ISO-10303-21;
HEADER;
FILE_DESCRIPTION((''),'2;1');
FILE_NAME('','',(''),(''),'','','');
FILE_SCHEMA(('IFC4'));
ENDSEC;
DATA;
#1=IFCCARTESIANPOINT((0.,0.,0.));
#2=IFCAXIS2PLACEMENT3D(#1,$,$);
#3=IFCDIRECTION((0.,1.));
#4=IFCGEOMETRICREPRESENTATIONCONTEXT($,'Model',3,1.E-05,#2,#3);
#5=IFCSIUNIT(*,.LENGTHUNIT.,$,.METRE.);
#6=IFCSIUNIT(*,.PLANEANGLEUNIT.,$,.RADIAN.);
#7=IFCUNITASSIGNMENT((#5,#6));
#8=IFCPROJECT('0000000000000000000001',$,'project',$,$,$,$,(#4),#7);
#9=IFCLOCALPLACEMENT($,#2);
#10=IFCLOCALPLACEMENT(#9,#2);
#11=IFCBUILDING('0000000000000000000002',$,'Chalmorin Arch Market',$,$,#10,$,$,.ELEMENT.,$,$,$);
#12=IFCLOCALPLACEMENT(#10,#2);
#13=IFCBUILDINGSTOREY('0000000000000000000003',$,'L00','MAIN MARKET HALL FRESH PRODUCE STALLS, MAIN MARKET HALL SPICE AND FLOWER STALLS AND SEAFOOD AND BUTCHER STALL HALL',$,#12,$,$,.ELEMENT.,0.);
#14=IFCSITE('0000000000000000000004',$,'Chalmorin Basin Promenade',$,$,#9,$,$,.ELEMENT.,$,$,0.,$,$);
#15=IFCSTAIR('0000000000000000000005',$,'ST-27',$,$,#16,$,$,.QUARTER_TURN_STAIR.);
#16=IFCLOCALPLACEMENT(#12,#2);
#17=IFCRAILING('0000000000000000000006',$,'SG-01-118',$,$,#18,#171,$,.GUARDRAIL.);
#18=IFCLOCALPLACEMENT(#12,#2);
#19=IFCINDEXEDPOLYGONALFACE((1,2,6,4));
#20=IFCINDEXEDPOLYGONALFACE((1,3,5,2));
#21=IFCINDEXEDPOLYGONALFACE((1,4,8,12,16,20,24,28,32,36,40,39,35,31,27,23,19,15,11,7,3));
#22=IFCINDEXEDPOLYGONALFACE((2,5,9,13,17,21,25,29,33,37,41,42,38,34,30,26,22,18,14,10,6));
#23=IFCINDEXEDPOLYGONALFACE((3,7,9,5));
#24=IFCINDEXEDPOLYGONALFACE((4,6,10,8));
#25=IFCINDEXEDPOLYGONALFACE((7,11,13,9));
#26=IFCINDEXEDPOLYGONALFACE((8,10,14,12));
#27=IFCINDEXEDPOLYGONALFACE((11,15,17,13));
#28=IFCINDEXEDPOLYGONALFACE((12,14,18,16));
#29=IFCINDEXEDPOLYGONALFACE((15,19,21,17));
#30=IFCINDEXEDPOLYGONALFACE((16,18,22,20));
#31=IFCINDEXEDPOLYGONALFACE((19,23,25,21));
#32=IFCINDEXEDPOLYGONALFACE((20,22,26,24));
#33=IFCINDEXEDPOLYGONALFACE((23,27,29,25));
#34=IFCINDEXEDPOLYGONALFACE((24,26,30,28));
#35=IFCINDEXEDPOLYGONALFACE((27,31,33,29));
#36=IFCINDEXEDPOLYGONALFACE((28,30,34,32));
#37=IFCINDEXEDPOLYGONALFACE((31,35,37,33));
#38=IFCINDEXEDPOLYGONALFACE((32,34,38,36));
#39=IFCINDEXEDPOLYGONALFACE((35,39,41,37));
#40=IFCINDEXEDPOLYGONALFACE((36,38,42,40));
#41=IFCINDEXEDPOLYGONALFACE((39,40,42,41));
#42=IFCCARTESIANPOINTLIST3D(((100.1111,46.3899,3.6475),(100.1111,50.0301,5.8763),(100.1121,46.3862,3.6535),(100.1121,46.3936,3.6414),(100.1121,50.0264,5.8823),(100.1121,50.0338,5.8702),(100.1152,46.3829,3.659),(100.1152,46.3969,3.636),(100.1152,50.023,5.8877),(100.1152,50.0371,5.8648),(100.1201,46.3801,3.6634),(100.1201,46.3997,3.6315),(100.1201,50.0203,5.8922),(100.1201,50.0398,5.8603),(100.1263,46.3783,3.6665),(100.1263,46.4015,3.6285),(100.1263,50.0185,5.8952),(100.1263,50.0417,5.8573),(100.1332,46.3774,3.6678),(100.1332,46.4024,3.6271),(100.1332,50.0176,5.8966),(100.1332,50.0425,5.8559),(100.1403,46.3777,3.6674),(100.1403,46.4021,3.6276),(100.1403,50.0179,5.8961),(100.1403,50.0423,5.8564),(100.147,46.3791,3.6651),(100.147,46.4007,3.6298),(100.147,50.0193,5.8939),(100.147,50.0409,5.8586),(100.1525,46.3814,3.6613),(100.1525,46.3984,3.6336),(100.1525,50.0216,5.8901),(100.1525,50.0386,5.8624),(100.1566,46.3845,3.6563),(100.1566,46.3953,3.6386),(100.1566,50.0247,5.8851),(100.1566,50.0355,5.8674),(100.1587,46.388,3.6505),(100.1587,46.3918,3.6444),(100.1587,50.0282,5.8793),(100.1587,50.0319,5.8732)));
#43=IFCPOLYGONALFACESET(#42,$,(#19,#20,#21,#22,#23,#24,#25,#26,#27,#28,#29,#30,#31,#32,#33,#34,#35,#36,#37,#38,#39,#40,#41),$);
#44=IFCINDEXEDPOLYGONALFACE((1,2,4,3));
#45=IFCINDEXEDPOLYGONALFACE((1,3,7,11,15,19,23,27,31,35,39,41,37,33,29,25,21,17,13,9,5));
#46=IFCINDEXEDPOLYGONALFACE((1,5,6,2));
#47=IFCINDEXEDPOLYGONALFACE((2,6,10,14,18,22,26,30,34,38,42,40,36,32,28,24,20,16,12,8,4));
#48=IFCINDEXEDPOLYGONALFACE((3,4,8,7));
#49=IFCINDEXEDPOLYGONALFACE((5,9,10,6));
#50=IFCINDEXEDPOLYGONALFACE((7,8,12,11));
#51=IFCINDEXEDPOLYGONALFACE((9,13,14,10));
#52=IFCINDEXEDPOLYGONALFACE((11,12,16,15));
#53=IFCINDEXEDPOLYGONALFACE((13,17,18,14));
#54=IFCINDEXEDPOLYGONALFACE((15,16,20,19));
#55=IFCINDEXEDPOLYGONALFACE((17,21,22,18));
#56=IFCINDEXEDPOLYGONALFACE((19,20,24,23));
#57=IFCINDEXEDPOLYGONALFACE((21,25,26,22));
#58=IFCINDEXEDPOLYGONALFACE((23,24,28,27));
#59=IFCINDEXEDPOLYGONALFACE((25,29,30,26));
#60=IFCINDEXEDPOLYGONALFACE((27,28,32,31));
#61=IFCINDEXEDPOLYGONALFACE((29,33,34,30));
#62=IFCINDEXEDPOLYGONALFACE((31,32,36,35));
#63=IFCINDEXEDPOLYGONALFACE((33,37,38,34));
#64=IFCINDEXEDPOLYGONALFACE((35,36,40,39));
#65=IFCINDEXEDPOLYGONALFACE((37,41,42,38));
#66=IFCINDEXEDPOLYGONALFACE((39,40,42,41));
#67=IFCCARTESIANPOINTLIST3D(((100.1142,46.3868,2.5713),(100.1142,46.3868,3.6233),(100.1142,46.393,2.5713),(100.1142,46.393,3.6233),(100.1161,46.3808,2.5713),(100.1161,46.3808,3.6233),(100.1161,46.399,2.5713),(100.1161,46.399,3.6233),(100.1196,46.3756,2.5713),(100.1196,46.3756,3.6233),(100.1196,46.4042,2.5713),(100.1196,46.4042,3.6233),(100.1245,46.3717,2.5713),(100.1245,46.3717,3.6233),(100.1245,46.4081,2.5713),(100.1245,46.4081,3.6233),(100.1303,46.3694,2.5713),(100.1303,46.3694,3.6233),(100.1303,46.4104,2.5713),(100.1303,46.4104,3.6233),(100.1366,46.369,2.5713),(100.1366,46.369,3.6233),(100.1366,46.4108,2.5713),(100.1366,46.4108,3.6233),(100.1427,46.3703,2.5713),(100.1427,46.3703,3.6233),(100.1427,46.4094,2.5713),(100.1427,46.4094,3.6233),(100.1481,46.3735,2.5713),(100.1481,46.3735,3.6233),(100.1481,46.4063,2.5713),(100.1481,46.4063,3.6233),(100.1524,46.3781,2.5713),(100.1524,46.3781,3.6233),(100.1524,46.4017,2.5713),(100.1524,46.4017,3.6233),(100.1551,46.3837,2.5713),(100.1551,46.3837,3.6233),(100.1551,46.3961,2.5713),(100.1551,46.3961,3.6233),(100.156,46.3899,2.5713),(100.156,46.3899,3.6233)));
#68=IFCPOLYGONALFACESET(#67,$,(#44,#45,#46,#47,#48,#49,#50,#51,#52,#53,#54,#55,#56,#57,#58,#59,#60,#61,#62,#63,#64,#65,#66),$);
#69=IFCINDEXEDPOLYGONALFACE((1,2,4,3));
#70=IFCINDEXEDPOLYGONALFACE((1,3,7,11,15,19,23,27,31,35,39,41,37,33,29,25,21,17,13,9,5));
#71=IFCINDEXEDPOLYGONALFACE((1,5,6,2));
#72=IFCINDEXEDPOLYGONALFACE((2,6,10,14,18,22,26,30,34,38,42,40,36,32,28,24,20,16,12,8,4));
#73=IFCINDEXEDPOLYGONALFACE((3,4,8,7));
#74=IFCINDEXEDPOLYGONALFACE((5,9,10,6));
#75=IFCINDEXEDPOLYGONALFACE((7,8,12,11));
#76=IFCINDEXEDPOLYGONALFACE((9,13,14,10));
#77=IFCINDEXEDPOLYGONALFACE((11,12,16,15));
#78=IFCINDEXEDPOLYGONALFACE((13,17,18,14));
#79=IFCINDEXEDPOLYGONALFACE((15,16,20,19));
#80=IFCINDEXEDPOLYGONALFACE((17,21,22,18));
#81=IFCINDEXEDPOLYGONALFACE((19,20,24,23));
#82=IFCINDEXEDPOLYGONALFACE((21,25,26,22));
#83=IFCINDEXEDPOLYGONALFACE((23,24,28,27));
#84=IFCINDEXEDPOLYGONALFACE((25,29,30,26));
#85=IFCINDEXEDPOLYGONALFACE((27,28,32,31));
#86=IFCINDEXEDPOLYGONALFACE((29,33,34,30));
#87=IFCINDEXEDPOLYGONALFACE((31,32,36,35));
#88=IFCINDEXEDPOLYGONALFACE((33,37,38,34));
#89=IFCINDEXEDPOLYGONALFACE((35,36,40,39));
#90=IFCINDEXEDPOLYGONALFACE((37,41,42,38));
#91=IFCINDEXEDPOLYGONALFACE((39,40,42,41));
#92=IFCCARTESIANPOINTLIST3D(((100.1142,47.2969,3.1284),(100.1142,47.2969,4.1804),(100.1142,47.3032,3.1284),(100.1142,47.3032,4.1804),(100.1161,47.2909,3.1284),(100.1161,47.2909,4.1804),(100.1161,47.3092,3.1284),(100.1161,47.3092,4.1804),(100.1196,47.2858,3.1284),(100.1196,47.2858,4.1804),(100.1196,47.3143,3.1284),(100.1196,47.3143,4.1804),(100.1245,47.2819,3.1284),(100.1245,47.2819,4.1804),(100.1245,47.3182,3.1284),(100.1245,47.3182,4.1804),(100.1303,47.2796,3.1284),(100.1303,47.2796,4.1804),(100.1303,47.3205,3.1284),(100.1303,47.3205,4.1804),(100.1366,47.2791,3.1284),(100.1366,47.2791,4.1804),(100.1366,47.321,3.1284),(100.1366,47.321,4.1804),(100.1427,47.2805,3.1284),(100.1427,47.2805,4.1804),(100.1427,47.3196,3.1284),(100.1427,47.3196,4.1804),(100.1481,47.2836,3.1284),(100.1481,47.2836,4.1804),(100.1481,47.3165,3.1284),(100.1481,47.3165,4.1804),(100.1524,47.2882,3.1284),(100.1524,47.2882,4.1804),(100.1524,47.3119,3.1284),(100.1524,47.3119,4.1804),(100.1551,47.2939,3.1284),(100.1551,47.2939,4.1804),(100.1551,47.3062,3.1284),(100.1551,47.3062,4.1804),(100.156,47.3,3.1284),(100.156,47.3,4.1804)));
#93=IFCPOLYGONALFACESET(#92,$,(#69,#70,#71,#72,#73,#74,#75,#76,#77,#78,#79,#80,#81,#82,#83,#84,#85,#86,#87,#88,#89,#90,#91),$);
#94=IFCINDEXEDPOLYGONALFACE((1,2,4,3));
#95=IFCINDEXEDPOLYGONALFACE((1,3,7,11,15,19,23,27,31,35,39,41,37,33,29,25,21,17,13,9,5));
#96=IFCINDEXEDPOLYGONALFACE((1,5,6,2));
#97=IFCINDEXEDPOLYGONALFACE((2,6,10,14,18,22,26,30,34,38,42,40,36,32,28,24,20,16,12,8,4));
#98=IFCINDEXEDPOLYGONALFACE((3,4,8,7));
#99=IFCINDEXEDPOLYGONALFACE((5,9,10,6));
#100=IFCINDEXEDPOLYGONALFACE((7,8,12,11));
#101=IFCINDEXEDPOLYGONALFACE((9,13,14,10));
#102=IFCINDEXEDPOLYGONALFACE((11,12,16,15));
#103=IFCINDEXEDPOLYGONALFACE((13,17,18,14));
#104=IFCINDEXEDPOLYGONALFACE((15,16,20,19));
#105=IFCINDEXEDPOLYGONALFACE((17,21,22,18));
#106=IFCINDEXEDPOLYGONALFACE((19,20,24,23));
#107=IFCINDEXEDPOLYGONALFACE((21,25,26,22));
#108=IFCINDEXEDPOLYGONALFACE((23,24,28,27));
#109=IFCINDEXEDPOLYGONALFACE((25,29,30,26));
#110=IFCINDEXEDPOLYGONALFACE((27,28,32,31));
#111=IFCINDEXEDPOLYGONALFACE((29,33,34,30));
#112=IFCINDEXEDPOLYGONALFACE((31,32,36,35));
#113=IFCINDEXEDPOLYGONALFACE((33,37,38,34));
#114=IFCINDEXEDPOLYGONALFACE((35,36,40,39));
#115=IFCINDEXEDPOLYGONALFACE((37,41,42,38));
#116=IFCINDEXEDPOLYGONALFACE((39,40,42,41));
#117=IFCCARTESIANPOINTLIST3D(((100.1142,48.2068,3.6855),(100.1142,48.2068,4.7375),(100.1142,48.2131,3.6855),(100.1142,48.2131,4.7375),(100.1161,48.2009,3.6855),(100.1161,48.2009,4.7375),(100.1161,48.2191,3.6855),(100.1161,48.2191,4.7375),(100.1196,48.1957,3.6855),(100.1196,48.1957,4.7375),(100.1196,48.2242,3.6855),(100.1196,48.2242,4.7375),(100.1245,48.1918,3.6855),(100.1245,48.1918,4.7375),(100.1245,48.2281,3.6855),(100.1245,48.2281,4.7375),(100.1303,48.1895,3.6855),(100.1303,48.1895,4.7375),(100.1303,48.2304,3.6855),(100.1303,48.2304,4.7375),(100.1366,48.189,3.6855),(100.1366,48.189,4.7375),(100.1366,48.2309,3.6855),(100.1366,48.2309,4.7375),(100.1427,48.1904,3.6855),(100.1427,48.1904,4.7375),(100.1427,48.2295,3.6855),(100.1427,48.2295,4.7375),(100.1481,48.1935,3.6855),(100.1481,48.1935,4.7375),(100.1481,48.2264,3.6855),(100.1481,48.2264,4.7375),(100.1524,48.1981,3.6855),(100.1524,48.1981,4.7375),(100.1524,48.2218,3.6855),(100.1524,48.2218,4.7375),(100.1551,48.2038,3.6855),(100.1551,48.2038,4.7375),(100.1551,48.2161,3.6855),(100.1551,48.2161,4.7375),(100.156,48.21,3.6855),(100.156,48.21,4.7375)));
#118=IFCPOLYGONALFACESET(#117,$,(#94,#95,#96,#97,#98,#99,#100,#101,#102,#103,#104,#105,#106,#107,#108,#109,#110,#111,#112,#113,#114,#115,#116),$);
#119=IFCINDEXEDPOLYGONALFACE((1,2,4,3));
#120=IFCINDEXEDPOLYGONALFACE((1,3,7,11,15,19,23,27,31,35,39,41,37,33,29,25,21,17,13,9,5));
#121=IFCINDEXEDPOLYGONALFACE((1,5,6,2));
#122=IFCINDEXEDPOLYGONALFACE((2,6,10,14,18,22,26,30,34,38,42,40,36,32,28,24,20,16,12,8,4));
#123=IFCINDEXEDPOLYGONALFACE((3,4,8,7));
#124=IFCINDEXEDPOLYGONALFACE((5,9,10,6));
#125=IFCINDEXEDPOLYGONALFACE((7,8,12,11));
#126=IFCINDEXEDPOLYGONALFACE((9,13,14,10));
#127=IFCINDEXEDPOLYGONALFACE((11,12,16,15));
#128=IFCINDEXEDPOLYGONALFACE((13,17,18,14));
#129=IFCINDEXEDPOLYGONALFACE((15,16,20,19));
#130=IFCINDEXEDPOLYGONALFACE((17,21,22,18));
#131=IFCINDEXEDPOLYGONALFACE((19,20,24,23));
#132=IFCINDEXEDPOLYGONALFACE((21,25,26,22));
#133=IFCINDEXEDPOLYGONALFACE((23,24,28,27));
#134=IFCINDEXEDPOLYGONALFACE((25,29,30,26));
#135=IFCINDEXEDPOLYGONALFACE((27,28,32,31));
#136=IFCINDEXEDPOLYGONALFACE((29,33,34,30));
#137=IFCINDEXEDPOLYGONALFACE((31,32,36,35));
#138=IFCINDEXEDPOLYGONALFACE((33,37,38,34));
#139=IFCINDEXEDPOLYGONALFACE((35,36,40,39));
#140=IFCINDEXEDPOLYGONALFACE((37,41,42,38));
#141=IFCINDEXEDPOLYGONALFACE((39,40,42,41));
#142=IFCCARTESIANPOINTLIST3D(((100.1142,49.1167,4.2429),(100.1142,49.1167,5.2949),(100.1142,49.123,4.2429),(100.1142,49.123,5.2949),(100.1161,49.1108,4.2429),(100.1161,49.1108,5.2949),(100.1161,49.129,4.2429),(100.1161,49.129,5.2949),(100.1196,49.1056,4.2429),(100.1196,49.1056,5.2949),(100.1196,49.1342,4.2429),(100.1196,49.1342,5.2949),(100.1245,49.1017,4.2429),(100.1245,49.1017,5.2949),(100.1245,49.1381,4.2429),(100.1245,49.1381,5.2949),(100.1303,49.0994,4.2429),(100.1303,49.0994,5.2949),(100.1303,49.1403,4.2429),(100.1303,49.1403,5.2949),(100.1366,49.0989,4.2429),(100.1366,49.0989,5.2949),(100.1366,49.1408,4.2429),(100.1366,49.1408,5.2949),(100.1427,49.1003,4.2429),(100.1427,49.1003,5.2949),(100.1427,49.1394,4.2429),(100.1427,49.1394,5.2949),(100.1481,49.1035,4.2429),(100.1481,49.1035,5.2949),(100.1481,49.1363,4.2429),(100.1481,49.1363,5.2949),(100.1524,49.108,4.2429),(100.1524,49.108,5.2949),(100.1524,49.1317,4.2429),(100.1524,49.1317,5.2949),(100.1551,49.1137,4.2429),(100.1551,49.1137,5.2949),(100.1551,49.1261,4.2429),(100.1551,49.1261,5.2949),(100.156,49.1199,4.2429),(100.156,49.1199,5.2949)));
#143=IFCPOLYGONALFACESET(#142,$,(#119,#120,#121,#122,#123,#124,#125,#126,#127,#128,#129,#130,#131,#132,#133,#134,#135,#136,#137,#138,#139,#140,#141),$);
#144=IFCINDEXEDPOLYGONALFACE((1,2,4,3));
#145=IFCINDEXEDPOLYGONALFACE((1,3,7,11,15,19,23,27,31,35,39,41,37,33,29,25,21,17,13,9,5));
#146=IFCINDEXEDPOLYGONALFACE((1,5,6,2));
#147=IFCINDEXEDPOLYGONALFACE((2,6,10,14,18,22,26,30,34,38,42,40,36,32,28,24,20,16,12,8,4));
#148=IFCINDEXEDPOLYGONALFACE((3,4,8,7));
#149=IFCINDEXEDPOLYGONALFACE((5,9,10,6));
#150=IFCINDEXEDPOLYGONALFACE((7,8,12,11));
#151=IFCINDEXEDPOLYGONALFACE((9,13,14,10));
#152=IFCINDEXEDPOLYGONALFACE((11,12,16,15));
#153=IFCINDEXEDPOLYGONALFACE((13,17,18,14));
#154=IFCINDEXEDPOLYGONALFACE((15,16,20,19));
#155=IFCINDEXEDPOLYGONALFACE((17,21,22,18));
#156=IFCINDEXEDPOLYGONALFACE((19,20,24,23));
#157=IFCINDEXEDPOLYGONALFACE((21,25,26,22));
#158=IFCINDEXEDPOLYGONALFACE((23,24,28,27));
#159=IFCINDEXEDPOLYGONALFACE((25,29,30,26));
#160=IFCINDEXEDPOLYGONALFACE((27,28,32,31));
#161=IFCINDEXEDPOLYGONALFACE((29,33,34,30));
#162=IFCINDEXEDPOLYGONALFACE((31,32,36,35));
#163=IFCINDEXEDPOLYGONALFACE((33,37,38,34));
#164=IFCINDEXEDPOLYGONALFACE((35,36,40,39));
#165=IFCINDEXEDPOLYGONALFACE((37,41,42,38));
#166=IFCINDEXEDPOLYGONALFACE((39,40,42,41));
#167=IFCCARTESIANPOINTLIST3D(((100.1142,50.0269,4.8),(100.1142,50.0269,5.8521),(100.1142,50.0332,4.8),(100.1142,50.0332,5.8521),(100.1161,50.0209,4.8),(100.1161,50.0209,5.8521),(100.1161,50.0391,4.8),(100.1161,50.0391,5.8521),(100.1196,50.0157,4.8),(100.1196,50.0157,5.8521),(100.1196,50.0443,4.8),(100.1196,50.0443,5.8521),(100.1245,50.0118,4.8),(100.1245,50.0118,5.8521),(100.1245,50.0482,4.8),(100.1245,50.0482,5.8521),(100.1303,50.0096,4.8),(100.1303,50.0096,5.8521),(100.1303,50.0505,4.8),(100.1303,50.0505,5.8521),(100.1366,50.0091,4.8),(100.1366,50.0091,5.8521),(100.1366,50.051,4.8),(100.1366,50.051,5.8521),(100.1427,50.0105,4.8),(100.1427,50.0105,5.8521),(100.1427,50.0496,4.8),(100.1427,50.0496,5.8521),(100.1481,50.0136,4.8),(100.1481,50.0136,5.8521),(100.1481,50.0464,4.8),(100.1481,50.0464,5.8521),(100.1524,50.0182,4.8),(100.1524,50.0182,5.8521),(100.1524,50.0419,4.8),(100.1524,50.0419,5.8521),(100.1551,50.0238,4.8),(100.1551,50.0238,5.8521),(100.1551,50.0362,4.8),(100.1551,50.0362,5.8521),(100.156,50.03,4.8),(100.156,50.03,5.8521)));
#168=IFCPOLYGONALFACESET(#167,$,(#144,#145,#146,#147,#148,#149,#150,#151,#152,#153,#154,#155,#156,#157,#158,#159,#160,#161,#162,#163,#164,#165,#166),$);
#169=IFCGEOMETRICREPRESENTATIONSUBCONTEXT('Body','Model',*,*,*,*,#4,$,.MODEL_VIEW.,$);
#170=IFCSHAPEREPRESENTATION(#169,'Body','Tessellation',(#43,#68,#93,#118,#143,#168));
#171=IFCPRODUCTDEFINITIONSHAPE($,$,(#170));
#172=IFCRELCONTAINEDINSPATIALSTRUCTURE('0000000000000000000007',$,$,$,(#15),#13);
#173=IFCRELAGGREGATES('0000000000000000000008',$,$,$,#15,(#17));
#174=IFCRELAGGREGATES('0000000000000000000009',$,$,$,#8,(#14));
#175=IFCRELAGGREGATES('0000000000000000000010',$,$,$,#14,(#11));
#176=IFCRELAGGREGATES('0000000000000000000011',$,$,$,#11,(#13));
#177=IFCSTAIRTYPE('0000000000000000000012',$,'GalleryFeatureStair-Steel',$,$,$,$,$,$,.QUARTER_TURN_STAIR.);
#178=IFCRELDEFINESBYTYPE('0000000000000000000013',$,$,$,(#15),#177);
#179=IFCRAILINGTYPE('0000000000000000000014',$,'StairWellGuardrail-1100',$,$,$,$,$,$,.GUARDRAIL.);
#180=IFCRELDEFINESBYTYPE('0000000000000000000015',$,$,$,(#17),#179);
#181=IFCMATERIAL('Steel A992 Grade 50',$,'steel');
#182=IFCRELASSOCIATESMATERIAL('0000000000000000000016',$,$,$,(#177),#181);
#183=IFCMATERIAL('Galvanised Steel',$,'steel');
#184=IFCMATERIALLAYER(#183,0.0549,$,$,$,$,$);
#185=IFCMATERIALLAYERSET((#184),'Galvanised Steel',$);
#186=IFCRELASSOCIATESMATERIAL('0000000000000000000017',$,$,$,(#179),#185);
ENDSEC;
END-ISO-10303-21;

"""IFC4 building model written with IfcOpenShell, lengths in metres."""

from ifc_helpers import new_model, si_unit, direction, frame, origin, origin_2d, place, context, subcontext, project, spatial, circle, extrude, material, layer, layer_set, type_object, element, aggregate, save


model = new_model("IFC4")

# Units and contexts
model_context = context("Model", 3, precision=1e-05, world=origin(), true_north=direction((0.0, 1.0)))
body_context = subcontext(model_context, "Body", "Model", "MODEL_VIEW")
ifc_project = project(units=[si_unit("LENGTHUNIT", "METRE"), si_unit("PLANEANGLEUNIT", "RADIAN")], contexts=[model_context])

# Site, building, storey
site_placement = place(None, origin())
site = spatial("IfcSite", under=ifc_project, at=site_placement, Name="Chalmorin Basin Promenade", CompositionType="ELEMENT", RefElevation=0.0)
building_placement = place(site_placement, origin())
building = spatial("IfcBuilding", under=site, at=building_placement, Name="Chalmorin Arch Market", CompositionType="ELEMENT")
storey_placement = place(building_placement, origin())
storey = spatial("IfcBuildingStorey", under=building, at=storey_placement, Name="L00", Description="MAIN MARKET HALL FRESH PRODUCE STALLS, MAIN MARKET HALL SPICE AND FLOWER STALLS AND SEAFOOD AND BUTCHER STALL HALL", CompositionType="ELEMENT", Elevation=0.0)

# Shared definitions
ifc_material_1 = material(Name="Steel A992 Grade 50", Category="steel")

# Stair, railing
stair_type = type_object("IfcStairType", Name="GalleryFeatureStair-Steel", PredefinedType="QUARTER_TURN_STAIR", material=ifc_material_1)
stair_placement = place(storey_placement, origin())
stair = element("IfcStair", 1, at=stair_placement, inside=storey, type_object=stair_type, Name="ST-27", PredefinedType="QUARTER_TURN_STAIR")
ifc_material_2 = material(Name="Galvanised Steel", Category="steel")
ifc_layer_1 = layer(ifc_material_2, 0.0549)
ifc_layer_set_1 = layer_set([ifc_layer_1], Name="Galvanised Steel")
railing_type = type_object("IfcRailingType", Name="StairWellGuardrail-1100", PredefinedType="GUARDRAIL", material=ifc_layer_set_1)
railing_placement = place(storey_placement, frame((100.135, 46.3899, 2.5713)))
railing = element("IfcRailing", 2, at=railing_placement, type_object=railing_type, Name="SG-01-118", PredefinedType="GUARDRAIL", context=body_context, shape_type="SweptSolid", body=[
    extrude(circle(Radius=0.0239, at=origin_2d()), frame((0.0, 0.0, 1.0762), z_axis=(0.0, 0.85284, 0.522172), x_axis=(-1.0, 0.0, 0.0)), (0.0, 0.0, 1.0), 4.2683),
    extrude(circle(Radius=0.021, at=origin_2d()), origin(), (0.0, 0.0, 1.0), 1.052),
    extrude(circle(Radius=0.021, at=origin_2d()), frame((0.0, 0.9102, 0.5571)), (0.0, 0.0, 1.0), 1.052),
    extrude(circle(Radius=0.021, at=origin_2d()), frame((0.0, 1.8201, 1.1143)), (0.0, 0.0, 1.0), 1.052),
    extrude(circle(Radius=0.021, at=origin_2d()), frame((0.0, 2.73, 1.6716)), (0.0, 0.0, 1.0), 1.052),
    extrude(circle(Radius=0.021, at=origin_2d()), frame((0.0, 3.6401, 2.2288)), (0.0, 0.0, 1.0), 1.052),
])
aggregate(stair, [railing])

save(model, "model.ifc")
